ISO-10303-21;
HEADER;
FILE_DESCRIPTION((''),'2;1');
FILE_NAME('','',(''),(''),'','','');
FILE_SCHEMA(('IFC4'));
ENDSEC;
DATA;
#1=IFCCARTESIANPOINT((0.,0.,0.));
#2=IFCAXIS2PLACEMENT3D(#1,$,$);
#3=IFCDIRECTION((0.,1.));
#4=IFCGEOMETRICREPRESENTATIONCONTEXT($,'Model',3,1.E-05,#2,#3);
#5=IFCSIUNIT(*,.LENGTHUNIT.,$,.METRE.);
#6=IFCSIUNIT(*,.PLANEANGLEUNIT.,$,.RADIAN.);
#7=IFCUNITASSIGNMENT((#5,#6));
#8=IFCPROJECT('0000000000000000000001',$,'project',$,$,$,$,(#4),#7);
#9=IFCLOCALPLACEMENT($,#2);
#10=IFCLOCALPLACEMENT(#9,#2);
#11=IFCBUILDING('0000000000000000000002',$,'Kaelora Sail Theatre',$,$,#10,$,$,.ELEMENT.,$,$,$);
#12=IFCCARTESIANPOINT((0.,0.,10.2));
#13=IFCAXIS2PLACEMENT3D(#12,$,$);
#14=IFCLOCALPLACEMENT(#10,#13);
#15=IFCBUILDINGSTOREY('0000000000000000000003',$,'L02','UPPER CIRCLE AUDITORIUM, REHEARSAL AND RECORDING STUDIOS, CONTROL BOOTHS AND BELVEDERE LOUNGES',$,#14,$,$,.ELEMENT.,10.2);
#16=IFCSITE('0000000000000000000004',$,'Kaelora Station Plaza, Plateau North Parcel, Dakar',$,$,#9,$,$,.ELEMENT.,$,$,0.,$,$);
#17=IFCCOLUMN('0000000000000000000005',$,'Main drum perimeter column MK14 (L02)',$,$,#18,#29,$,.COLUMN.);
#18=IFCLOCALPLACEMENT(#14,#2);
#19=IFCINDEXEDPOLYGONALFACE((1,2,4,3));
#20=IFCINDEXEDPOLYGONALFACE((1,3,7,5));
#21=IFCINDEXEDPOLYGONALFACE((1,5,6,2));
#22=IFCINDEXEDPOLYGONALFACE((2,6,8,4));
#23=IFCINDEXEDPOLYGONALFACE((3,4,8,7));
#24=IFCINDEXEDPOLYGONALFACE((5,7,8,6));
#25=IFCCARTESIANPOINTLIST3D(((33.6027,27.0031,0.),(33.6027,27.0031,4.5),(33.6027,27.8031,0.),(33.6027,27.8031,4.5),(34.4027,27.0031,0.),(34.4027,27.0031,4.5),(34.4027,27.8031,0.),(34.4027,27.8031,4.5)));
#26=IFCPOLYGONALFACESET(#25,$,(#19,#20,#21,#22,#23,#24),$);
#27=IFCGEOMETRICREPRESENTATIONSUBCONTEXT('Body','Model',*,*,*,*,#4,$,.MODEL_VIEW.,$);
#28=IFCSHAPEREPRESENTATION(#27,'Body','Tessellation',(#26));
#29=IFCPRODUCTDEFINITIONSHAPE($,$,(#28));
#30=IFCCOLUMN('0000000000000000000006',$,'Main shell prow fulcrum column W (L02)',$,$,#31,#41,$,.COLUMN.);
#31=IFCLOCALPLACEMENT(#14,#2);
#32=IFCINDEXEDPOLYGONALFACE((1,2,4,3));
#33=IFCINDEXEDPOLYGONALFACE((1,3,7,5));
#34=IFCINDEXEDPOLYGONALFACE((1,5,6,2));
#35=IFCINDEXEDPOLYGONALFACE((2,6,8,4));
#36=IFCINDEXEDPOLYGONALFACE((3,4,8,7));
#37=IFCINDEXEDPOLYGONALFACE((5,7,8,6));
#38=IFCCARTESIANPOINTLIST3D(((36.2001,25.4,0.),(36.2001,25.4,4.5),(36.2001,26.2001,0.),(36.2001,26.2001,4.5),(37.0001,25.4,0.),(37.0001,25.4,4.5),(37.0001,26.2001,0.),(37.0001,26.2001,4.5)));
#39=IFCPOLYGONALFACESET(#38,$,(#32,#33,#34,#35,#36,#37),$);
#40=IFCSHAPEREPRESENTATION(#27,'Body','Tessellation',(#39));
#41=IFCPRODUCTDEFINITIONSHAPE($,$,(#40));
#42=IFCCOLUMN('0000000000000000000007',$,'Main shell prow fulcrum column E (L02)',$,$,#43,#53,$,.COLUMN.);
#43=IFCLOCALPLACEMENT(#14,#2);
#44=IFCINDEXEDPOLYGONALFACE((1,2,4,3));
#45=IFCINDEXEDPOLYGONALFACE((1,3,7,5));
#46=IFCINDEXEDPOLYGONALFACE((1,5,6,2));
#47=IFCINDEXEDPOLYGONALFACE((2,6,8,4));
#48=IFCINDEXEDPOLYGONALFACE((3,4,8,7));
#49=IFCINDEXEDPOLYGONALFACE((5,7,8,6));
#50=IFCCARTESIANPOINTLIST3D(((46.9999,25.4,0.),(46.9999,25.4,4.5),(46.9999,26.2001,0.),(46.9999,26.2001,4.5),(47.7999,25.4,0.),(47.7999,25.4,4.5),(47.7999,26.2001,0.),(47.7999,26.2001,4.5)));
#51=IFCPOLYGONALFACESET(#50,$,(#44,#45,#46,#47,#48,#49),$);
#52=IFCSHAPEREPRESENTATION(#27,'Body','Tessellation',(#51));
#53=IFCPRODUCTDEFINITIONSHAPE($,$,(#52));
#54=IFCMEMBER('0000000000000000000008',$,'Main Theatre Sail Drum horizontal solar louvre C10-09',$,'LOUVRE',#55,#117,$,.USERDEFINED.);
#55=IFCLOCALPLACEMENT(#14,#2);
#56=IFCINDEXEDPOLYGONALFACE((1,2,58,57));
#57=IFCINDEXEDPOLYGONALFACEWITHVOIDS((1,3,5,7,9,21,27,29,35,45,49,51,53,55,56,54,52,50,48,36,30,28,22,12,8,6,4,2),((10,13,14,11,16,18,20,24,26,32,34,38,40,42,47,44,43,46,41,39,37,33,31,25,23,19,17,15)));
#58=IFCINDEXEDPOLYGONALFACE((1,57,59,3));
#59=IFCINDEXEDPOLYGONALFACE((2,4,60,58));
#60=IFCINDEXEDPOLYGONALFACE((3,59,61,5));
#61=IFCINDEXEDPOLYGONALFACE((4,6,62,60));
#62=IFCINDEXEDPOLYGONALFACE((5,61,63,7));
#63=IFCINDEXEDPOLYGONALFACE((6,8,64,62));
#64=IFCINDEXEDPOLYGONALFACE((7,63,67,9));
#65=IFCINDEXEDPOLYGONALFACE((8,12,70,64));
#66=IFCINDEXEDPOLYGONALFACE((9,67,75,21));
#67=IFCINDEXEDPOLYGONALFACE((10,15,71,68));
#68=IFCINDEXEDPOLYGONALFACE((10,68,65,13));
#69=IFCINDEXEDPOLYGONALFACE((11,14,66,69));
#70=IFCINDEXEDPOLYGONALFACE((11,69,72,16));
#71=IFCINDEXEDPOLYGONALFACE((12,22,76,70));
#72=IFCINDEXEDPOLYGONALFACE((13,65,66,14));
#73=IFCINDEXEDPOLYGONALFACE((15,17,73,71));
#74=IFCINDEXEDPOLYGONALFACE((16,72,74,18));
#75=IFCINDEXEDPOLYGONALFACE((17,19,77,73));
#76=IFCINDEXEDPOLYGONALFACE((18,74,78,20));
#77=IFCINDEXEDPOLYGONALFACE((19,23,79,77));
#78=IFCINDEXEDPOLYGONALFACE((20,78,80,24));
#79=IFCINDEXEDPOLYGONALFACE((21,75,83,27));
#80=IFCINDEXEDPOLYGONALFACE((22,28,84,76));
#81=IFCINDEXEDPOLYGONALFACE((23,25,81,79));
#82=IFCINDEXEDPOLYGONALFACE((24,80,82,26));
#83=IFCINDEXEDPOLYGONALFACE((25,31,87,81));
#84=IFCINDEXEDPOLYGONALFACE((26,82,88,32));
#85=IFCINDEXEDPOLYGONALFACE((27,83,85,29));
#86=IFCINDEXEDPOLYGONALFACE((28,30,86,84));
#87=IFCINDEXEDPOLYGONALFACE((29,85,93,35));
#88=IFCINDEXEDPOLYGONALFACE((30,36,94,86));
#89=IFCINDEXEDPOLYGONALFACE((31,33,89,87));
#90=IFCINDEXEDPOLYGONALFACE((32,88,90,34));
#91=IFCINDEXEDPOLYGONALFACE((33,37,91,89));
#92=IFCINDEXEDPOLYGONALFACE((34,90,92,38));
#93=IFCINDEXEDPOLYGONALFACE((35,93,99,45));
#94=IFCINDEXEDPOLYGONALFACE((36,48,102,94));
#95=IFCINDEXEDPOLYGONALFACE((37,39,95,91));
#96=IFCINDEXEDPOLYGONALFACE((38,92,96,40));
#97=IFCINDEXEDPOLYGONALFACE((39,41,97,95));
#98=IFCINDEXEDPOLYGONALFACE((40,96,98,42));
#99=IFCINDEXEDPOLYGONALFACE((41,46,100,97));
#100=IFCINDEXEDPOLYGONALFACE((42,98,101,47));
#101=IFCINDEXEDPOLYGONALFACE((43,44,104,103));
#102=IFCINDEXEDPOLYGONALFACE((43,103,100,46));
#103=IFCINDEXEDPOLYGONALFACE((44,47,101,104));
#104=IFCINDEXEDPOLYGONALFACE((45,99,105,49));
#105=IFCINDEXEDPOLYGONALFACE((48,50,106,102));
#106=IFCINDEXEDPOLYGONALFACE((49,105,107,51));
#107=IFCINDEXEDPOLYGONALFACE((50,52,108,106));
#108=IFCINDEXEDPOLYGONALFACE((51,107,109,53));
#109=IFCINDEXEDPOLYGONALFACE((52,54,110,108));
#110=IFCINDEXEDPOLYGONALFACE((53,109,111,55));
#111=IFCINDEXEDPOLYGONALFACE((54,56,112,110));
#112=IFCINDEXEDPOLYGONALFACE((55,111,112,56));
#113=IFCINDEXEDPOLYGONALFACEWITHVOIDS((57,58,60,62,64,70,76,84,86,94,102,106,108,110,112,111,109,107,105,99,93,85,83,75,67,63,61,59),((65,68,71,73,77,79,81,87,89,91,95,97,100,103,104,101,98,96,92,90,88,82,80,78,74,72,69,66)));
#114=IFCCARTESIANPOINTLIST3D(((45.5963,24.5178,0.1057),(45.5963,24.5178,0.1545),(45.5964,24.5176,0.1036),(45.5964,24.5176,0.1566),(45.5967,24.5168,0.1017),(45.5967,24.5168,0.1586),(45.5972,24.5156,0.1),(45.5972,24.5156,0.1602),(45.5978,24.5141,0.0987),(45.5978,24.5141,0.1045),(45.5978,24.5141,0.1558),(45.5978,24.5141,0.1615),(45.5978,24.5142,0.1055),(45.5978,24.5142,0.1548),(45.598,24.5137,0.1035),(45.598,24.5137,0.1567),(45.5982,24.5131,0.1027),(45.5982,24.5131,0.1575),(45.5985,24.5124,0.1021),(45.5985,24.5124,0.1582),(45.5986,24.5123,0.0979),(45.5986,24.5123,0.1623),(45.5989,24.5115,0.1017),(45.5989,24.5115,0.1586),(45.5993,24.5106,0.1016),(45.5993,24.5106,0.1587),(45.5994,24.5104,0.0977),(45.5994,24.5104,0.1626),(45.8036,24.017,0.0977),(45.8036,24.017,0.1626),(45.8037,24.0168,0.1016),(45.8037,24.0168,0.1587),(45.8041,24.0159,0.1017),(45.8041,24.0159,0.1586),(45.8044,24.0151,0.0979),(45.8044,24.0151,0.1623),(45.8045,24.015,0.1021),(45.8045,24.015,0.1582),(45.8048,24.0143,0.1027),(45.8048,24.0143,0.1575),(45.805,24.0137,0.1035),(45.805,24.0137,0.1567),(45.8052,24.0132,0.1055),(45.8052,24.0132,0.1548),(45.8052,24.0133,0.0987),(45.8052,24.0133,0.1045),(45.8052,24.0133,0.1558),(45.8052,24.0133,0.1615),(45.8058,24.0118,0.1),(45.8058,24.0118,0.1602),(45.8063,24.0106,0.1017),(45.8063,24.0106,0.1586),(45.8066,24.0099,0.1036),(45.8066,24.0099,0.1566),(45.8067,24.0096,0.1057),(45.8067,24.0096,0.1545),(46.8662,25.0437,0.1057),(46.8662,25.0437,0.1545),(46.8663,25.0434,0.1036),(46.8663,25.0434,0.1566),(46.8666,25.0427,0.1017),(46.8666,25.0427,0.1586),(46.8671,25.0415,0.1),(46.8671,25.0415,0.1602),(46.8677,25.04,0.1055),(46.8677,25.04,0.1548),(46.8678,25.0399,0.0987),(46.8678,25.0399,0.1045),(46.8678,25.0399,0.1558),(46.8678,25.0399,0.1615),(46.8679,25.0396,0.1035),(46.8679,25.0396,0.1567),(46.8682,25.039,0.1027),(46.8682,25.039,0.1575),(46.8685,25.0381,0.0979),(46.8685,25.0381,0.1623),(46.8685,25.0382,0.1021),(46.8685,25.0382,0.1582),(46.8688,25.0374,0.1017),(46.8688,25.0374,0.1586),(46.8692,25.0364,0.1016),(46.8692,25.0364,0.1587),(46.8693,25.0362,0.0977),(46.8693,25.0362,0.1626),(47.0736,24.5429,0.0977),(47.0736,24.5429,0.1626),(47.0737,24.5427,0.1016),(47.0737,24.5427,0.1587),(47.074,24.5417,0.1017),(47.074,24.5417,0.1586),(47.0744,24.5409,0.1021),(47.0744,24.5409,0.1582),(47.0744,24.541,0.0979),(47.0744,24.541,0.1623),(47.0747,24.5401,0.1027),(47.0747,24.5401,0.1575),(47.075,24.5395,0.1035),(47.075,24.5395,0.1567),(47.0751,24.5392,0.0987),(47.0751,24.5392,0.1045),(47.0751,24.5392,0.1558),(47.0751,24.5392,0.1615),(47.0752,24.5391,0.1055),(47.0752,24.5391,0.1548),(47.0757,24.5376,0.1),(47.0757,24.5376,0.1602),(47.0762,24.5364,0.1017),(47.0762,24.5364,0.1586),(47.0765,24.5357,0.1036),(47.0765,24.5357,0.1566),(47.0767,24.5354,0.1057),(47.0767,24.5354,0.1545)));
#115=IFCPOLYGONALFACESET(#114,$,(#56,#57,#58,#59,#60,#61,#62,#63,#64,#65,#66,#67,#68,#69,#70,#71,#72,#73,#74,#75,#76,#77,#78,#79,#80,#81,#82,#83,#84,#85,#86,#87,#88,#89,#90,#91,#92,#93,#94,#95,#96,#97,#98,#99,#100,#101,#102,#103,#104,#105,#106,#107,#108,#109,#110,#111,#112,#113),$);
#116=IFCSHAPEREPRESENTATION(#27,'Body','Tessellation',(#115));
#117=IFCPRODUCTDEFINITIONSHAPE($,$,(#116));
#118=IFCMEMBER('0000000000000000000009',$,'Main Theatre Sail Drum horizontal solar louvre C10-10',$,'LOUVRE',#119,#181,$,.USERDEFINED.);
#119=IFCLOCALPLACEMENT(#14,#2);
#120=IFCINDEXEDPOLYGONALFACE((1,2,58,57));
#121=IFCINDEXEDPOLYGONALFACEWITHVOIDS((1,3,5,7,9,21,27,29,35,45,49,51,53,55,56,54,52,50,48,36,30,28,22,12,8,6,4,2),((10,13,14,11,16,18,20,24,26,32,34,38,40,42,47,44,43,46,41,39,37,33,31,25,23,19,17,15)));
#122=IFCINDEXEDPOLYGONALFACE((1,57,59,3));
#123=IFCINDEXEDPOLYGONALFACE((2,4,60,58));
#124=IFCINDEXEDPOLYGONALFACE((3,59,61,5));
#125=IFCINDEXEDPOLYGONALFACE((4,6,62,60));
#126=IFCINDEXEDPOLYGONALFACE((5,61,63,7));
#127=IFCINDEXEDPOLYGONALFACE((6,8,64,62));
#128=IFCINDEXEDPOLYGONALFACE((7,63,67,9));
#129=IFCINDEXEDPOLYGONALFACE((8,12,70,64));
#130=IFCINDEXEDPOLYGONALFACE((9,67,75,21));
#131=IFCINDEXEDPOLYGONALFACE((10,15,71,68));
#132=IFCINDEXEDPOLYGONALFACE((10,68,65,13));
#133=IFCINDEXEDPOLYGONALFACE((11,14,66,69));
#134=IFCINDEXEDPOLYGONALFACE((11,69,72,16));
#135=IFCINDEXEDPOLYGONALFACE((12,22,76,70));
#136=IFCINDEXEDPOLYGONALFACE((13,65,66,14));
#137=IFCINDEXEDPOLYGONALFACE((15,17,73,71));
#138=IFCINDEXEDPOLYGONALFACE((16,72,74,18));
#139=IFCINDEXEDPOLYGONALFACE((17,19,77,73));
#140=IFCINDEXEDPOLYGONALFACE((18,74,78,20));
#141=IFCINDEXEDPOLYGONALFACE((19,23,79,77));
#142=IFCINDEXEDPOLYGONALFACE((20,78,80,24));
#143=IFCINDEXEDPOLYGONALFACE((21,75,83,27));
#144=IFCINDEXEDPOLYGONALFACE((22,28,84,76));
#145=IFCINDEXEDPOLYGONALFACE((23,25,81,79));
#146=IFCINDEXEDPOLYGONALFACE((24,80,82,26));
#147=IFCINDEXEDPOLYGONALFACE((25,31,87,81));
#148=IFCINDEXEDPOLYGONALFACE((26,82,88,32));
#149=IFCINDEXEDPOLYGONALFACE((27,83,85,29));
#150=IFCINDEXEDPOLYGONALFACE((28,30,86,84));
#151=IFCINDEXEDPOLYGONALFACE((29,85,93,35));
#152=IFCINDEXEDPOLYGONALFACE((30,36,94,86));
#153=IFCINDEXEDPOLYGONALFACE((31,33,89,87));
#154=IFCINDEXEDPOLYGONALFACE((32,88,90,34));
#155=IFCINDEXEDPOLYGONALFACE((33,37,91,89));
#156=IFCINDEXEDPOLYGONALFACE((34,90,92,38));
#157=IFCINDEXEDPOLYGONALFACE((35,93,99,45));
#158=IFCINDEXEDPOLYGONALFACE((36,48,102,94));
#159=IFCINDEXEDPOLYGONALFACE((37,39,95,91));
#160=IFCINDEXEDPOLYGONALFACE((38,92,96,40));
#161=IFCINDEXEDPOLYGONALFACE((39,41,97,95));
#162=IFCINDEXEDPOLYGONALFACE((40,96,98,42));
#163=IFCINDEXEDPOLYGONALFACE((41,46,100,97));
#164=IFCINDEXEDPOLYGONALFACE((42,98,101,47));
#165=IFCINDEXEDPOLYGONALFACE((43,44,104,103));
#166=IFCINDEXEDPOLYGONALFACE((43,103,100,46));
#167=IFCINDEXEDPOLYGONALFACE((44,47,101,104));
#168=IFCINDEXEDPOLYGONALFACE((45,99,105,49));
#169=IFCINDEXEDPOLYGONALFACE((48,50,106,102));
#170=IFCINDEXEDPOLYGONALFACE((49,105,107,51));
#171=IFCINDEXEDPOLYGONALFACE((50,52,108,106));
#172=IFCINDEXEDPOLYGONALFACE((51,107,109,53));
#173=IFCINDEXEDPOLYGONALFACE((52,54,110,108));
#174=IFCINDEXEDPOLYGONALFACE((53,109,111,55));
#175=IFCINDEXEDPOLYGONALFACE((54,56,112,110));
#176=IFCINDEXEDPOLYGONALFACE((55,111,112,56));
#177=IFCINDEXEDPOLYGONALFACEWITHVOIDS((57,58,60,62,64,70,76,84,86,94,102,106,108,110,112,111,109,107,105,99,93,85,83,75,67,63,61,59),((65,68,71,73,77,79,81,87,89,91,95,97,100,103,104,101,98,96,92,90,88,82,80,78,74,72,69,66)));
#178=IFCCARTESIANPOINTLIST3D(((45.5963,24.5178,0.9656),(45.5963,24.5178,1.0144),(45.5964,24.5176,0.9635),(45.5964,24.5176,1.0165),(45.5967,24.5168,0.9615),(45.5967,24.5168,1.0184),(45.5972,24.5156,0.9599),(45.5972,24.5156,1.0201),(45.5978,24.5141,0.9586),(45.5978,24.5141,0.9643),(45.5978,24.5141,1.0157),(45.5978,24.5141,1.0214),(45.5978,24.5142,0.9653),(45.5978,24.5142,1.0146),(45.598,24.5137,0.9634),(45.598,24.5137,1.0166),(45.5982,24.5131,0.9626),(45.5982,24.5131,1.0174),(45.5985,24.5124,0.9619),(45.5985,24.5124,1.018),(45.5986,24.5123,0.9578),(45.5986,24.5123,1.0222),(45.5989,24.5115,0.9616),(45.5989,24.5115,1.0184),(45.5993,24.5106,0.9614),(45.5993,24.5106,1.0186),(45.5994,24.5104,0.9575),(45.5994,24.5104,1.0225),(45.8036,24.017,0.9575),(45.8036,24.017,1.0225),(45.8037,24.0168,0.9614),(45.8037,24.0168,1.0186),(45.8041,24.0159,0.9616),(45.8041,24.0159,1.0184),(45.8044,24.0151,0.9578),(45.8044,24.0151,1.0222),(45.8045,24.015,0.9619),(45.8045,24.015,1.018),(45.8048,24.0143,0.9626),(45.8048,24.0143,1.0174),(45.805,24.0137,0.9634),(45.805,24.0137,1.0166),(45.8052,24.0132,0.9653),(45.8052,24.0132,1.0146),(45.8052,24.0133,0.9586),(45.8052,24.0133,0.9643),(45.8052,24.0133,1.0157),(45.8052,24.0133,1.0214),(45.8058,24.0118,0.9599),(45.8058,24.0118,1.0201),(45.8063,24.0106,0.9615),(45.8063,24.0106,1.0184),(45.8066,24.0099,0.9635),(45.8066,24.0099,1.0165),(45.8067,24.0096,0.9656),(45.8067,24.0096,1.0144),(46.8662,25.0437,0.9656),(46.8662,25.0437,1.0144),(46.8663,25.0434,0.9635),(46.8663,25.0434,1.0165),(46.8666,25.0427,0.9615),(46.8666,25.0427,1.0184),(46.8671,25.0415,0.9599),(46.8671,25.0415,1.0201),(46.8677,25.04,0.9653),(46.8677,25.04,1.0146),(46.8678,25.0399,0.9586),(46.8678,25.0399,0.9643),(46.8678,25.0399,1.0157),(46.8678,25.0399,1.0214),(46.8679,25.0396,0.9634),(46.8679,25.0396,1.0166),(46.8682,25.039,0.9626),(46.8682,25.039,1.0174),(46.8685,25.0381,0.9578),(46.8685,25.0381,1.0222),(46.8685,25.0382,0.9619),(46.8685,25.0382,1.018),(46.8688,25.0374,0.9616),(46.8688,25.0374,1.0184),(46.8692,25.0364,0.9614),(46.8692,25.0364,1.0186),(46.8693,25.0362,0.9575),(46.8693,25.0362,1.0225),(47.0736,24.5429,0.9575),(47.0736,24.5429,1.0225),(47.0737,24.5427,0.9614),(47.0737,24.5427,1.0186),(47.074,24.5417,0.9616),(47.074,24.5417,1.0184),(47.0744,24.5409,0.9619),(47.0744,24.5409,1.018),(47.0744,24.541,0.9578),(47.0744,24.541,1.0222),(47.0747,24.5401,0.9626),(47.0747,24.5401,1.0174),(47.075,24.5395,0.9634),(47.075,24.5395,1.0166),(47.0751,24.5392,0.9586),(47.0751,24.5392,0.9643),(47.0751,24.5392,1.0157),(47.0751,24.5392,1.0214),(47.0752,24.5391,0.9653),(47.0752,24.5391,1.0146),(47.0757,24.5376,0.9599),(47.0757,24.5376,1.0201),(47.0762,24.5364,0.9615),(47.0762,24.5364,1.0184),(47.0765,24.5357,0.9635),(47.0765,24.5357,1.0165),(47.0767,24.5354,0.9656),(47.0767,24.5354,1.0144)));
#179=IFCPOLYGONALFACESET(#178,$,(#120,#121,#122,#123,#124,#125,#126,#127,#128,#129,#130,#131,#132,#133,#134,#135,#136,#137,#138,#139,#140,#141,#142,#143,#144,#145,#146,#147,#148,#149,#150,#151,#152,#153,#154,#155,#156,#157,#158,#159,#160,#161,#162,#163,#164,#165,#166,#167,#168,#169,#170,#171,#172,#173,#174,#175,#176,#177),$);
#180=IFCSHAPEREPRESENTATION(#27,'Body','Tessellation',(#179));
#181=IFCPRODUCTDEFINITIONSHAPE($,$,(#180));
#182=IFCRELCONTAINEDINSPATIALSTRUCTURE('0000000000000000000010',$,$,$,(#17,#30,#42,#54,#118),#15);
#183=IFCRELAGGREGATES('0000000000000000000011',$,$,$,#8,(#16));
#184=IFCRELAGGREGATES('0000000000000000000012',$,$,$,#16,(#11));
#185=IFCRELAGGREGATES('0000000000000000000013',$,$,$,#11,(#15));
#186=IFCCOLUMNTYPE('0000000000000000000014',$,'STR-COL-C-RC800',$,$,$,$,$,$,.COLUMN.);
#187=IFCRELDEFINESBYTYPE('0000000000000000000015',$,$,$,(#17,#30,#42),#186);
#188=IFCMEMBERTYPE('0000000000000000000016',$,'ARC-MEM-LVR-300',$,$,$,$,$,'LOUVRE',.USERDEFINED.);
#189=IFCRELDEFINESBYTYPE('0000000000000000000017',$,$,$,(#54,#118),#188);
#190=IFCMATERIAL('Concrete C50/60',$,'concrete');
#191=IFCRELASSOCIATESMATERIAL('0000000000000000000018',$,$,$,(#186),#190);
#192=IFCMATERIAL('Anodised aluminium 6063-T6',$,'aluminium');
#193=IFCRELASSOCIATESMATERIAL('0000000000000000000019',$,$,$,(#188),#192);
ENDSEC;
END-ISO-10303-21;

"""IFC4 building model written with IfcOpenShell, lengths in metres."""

from ifc_helpers import new_model, si_unit, direction, frame, origin, origin_2d, place, context, subcontext, project, spatial, rectangle, hollow_rectangle, extrude, material, material_profile, profile_set, type_object, element, save


model = new_model("IFC4")

# Units and contexts
model_context = context("Model", 3, precision=1e-05, world=origin(), true_north=direction((0.0, 1.0)))
body_context = subcontext(model_context, "Body", "Model", "MODEL_VIEW")
ifc_project = project(units=[si_unit("LENGTHUNIT", "METRE"), si_unit("PLANEANGLEUNIT", "RADIAN")], contexts=[model_context])

# Site, building, storey
site_placement = place(None, origin())
site = spatial("IfcSite", under=ifc_project, at=site_placement, Name="Kaelora Station Plaza, Plateau North Parcel, Dakar", CompositionType="ELEMENT", RefElevation=0.0)
building_placement = place(site_placement, origin())
building = spatial("IfcBuilding", under=site, at=building_placement, Name="Kaelora Sail Theatre", CompositionType="ELEMENT")
storey_placement = place(building_placement, frame((0.0, 0.0, 10.2)))
storey = spatial("IfcBuildingStorey", under=building, at=storey_placement, Name="L02", Description="UPPER CIRCLE AUDITORIUM, REHEARSAL AND RECORDING STUDIOS, CONTROL BOOTHS AND BELVEDERE LOUNGES", CompositionType="ELEMENT", Elevation=10.2)

# Columns
ifc_material_1 = material(Name="Concrete C50/60", Category="concrete")
ifc_material_profile_1 = material_profile(ifc_material_1, rectangle(XDim=0.8, YDim=0.8, at=origin_2d()), Name="RC-COL 800x800")
ifc_profile_set_1 = profile_set([ifc_material_profile_1], Name="Concrete C50/60")
column_type = type_object("IfcColumnType", Name="STR-COL-C-RC800", PredefinedType="COLUMN", material=ifc_profile_set_1)
for number, where, z_axis, x_axis, name in (
    (1, (34.0027, 27.4031, 0.0), (0.0, 0.0, 1.0), (1.0, 0.0, 0.0), "Main drum perimeter column MK14 (L02)"),
    (2, (36.6001, 25.8, 0.0), (0.0, 0.0, 1.0), (1.0, 0.0, 0.0), "Main shell prow fulcrum column W (L02)"),
    (3, (47.3999, 25.8, 0.0), (0.0, 0.0, 1.0), (1.0, 0.0, 0.0), "Main shell prow fulcrum column E (L02)"),
):
    element("IfcColumn", number, at=place(storey_placement, frame(where, z_axis=z_axis, x_axis=x_axis)), inside=storey, type_object=column_type, Name=name, PredefinedType="COLUMN", context=body_context, shape_type="SweptSolid", body=[
        extrude(rectangle(XDim=0.8, YDim=0.8, at=origin_2d()), origin(), (0.0, 0.0, 1.0), 4.5),
    ])

# Members
ifc_material_2 = material(Name="Anodised aluminium 6063-T6", Category="aluminium")
ifc_material_profile_2 = material_profile(ifc_material_2, hollow_rectangle(XDim=0.55, YDim=0.0649, WallThickness=0.0039, InnerFilletRadius=0.0039, OuterFilletRadius=0.0081, at=origin_2d()), Name="LOUVRE 550x65x4")
ifc_profile_set_2 = profile_set([ifc_material_profile_2], Name="Anodised aluminium 6063-T6")
member_type = type_object("IfcMemberType", Name="ARC-MEM-LVR-300", ElementType="LOUVRE", PredefinedType="USERDEFINED", material=ifc_profile_set_2)
for number, where, z_axis, x_axis, name in (
    (4, (46.9714, 24.7896, 0.1301), (-0.923926, -0.382571, 0.0), (0.382571, -0.923926, 0.0), "Main Theatre Sail Drum horizontal solar louvre C10-09"),
    (5, (46.9714, 24.7896, 0.99), (-0.923926, -0.382571, 0.0), (0.382571, -0.923926, 0.0), "Main Theatre Sail Drum horizontal solar louvre C10-10"),
):
    element("IfcMember", number, at=place(storey_placement, frame(where, z_axis=z_axis, x_axis=x_axis)), inside=storey, type_object=member_type, Name=name, ObjectType="LOUVRE", PredefinedType="USERDEFINED", context=body_context, shape_type="SweptSolid", body=[
        extrude(hollow_rectangle(XDim=0.55, YDim=0.0649, WallThickness=0.0039, InnerFilletRadius=0.0039, OuterFilletRadius=0.0081, at=origin_2d()), origin(), (0.0, 0.0, 1.0), 1.3745),
    ])

save(model, "model.ifc")
